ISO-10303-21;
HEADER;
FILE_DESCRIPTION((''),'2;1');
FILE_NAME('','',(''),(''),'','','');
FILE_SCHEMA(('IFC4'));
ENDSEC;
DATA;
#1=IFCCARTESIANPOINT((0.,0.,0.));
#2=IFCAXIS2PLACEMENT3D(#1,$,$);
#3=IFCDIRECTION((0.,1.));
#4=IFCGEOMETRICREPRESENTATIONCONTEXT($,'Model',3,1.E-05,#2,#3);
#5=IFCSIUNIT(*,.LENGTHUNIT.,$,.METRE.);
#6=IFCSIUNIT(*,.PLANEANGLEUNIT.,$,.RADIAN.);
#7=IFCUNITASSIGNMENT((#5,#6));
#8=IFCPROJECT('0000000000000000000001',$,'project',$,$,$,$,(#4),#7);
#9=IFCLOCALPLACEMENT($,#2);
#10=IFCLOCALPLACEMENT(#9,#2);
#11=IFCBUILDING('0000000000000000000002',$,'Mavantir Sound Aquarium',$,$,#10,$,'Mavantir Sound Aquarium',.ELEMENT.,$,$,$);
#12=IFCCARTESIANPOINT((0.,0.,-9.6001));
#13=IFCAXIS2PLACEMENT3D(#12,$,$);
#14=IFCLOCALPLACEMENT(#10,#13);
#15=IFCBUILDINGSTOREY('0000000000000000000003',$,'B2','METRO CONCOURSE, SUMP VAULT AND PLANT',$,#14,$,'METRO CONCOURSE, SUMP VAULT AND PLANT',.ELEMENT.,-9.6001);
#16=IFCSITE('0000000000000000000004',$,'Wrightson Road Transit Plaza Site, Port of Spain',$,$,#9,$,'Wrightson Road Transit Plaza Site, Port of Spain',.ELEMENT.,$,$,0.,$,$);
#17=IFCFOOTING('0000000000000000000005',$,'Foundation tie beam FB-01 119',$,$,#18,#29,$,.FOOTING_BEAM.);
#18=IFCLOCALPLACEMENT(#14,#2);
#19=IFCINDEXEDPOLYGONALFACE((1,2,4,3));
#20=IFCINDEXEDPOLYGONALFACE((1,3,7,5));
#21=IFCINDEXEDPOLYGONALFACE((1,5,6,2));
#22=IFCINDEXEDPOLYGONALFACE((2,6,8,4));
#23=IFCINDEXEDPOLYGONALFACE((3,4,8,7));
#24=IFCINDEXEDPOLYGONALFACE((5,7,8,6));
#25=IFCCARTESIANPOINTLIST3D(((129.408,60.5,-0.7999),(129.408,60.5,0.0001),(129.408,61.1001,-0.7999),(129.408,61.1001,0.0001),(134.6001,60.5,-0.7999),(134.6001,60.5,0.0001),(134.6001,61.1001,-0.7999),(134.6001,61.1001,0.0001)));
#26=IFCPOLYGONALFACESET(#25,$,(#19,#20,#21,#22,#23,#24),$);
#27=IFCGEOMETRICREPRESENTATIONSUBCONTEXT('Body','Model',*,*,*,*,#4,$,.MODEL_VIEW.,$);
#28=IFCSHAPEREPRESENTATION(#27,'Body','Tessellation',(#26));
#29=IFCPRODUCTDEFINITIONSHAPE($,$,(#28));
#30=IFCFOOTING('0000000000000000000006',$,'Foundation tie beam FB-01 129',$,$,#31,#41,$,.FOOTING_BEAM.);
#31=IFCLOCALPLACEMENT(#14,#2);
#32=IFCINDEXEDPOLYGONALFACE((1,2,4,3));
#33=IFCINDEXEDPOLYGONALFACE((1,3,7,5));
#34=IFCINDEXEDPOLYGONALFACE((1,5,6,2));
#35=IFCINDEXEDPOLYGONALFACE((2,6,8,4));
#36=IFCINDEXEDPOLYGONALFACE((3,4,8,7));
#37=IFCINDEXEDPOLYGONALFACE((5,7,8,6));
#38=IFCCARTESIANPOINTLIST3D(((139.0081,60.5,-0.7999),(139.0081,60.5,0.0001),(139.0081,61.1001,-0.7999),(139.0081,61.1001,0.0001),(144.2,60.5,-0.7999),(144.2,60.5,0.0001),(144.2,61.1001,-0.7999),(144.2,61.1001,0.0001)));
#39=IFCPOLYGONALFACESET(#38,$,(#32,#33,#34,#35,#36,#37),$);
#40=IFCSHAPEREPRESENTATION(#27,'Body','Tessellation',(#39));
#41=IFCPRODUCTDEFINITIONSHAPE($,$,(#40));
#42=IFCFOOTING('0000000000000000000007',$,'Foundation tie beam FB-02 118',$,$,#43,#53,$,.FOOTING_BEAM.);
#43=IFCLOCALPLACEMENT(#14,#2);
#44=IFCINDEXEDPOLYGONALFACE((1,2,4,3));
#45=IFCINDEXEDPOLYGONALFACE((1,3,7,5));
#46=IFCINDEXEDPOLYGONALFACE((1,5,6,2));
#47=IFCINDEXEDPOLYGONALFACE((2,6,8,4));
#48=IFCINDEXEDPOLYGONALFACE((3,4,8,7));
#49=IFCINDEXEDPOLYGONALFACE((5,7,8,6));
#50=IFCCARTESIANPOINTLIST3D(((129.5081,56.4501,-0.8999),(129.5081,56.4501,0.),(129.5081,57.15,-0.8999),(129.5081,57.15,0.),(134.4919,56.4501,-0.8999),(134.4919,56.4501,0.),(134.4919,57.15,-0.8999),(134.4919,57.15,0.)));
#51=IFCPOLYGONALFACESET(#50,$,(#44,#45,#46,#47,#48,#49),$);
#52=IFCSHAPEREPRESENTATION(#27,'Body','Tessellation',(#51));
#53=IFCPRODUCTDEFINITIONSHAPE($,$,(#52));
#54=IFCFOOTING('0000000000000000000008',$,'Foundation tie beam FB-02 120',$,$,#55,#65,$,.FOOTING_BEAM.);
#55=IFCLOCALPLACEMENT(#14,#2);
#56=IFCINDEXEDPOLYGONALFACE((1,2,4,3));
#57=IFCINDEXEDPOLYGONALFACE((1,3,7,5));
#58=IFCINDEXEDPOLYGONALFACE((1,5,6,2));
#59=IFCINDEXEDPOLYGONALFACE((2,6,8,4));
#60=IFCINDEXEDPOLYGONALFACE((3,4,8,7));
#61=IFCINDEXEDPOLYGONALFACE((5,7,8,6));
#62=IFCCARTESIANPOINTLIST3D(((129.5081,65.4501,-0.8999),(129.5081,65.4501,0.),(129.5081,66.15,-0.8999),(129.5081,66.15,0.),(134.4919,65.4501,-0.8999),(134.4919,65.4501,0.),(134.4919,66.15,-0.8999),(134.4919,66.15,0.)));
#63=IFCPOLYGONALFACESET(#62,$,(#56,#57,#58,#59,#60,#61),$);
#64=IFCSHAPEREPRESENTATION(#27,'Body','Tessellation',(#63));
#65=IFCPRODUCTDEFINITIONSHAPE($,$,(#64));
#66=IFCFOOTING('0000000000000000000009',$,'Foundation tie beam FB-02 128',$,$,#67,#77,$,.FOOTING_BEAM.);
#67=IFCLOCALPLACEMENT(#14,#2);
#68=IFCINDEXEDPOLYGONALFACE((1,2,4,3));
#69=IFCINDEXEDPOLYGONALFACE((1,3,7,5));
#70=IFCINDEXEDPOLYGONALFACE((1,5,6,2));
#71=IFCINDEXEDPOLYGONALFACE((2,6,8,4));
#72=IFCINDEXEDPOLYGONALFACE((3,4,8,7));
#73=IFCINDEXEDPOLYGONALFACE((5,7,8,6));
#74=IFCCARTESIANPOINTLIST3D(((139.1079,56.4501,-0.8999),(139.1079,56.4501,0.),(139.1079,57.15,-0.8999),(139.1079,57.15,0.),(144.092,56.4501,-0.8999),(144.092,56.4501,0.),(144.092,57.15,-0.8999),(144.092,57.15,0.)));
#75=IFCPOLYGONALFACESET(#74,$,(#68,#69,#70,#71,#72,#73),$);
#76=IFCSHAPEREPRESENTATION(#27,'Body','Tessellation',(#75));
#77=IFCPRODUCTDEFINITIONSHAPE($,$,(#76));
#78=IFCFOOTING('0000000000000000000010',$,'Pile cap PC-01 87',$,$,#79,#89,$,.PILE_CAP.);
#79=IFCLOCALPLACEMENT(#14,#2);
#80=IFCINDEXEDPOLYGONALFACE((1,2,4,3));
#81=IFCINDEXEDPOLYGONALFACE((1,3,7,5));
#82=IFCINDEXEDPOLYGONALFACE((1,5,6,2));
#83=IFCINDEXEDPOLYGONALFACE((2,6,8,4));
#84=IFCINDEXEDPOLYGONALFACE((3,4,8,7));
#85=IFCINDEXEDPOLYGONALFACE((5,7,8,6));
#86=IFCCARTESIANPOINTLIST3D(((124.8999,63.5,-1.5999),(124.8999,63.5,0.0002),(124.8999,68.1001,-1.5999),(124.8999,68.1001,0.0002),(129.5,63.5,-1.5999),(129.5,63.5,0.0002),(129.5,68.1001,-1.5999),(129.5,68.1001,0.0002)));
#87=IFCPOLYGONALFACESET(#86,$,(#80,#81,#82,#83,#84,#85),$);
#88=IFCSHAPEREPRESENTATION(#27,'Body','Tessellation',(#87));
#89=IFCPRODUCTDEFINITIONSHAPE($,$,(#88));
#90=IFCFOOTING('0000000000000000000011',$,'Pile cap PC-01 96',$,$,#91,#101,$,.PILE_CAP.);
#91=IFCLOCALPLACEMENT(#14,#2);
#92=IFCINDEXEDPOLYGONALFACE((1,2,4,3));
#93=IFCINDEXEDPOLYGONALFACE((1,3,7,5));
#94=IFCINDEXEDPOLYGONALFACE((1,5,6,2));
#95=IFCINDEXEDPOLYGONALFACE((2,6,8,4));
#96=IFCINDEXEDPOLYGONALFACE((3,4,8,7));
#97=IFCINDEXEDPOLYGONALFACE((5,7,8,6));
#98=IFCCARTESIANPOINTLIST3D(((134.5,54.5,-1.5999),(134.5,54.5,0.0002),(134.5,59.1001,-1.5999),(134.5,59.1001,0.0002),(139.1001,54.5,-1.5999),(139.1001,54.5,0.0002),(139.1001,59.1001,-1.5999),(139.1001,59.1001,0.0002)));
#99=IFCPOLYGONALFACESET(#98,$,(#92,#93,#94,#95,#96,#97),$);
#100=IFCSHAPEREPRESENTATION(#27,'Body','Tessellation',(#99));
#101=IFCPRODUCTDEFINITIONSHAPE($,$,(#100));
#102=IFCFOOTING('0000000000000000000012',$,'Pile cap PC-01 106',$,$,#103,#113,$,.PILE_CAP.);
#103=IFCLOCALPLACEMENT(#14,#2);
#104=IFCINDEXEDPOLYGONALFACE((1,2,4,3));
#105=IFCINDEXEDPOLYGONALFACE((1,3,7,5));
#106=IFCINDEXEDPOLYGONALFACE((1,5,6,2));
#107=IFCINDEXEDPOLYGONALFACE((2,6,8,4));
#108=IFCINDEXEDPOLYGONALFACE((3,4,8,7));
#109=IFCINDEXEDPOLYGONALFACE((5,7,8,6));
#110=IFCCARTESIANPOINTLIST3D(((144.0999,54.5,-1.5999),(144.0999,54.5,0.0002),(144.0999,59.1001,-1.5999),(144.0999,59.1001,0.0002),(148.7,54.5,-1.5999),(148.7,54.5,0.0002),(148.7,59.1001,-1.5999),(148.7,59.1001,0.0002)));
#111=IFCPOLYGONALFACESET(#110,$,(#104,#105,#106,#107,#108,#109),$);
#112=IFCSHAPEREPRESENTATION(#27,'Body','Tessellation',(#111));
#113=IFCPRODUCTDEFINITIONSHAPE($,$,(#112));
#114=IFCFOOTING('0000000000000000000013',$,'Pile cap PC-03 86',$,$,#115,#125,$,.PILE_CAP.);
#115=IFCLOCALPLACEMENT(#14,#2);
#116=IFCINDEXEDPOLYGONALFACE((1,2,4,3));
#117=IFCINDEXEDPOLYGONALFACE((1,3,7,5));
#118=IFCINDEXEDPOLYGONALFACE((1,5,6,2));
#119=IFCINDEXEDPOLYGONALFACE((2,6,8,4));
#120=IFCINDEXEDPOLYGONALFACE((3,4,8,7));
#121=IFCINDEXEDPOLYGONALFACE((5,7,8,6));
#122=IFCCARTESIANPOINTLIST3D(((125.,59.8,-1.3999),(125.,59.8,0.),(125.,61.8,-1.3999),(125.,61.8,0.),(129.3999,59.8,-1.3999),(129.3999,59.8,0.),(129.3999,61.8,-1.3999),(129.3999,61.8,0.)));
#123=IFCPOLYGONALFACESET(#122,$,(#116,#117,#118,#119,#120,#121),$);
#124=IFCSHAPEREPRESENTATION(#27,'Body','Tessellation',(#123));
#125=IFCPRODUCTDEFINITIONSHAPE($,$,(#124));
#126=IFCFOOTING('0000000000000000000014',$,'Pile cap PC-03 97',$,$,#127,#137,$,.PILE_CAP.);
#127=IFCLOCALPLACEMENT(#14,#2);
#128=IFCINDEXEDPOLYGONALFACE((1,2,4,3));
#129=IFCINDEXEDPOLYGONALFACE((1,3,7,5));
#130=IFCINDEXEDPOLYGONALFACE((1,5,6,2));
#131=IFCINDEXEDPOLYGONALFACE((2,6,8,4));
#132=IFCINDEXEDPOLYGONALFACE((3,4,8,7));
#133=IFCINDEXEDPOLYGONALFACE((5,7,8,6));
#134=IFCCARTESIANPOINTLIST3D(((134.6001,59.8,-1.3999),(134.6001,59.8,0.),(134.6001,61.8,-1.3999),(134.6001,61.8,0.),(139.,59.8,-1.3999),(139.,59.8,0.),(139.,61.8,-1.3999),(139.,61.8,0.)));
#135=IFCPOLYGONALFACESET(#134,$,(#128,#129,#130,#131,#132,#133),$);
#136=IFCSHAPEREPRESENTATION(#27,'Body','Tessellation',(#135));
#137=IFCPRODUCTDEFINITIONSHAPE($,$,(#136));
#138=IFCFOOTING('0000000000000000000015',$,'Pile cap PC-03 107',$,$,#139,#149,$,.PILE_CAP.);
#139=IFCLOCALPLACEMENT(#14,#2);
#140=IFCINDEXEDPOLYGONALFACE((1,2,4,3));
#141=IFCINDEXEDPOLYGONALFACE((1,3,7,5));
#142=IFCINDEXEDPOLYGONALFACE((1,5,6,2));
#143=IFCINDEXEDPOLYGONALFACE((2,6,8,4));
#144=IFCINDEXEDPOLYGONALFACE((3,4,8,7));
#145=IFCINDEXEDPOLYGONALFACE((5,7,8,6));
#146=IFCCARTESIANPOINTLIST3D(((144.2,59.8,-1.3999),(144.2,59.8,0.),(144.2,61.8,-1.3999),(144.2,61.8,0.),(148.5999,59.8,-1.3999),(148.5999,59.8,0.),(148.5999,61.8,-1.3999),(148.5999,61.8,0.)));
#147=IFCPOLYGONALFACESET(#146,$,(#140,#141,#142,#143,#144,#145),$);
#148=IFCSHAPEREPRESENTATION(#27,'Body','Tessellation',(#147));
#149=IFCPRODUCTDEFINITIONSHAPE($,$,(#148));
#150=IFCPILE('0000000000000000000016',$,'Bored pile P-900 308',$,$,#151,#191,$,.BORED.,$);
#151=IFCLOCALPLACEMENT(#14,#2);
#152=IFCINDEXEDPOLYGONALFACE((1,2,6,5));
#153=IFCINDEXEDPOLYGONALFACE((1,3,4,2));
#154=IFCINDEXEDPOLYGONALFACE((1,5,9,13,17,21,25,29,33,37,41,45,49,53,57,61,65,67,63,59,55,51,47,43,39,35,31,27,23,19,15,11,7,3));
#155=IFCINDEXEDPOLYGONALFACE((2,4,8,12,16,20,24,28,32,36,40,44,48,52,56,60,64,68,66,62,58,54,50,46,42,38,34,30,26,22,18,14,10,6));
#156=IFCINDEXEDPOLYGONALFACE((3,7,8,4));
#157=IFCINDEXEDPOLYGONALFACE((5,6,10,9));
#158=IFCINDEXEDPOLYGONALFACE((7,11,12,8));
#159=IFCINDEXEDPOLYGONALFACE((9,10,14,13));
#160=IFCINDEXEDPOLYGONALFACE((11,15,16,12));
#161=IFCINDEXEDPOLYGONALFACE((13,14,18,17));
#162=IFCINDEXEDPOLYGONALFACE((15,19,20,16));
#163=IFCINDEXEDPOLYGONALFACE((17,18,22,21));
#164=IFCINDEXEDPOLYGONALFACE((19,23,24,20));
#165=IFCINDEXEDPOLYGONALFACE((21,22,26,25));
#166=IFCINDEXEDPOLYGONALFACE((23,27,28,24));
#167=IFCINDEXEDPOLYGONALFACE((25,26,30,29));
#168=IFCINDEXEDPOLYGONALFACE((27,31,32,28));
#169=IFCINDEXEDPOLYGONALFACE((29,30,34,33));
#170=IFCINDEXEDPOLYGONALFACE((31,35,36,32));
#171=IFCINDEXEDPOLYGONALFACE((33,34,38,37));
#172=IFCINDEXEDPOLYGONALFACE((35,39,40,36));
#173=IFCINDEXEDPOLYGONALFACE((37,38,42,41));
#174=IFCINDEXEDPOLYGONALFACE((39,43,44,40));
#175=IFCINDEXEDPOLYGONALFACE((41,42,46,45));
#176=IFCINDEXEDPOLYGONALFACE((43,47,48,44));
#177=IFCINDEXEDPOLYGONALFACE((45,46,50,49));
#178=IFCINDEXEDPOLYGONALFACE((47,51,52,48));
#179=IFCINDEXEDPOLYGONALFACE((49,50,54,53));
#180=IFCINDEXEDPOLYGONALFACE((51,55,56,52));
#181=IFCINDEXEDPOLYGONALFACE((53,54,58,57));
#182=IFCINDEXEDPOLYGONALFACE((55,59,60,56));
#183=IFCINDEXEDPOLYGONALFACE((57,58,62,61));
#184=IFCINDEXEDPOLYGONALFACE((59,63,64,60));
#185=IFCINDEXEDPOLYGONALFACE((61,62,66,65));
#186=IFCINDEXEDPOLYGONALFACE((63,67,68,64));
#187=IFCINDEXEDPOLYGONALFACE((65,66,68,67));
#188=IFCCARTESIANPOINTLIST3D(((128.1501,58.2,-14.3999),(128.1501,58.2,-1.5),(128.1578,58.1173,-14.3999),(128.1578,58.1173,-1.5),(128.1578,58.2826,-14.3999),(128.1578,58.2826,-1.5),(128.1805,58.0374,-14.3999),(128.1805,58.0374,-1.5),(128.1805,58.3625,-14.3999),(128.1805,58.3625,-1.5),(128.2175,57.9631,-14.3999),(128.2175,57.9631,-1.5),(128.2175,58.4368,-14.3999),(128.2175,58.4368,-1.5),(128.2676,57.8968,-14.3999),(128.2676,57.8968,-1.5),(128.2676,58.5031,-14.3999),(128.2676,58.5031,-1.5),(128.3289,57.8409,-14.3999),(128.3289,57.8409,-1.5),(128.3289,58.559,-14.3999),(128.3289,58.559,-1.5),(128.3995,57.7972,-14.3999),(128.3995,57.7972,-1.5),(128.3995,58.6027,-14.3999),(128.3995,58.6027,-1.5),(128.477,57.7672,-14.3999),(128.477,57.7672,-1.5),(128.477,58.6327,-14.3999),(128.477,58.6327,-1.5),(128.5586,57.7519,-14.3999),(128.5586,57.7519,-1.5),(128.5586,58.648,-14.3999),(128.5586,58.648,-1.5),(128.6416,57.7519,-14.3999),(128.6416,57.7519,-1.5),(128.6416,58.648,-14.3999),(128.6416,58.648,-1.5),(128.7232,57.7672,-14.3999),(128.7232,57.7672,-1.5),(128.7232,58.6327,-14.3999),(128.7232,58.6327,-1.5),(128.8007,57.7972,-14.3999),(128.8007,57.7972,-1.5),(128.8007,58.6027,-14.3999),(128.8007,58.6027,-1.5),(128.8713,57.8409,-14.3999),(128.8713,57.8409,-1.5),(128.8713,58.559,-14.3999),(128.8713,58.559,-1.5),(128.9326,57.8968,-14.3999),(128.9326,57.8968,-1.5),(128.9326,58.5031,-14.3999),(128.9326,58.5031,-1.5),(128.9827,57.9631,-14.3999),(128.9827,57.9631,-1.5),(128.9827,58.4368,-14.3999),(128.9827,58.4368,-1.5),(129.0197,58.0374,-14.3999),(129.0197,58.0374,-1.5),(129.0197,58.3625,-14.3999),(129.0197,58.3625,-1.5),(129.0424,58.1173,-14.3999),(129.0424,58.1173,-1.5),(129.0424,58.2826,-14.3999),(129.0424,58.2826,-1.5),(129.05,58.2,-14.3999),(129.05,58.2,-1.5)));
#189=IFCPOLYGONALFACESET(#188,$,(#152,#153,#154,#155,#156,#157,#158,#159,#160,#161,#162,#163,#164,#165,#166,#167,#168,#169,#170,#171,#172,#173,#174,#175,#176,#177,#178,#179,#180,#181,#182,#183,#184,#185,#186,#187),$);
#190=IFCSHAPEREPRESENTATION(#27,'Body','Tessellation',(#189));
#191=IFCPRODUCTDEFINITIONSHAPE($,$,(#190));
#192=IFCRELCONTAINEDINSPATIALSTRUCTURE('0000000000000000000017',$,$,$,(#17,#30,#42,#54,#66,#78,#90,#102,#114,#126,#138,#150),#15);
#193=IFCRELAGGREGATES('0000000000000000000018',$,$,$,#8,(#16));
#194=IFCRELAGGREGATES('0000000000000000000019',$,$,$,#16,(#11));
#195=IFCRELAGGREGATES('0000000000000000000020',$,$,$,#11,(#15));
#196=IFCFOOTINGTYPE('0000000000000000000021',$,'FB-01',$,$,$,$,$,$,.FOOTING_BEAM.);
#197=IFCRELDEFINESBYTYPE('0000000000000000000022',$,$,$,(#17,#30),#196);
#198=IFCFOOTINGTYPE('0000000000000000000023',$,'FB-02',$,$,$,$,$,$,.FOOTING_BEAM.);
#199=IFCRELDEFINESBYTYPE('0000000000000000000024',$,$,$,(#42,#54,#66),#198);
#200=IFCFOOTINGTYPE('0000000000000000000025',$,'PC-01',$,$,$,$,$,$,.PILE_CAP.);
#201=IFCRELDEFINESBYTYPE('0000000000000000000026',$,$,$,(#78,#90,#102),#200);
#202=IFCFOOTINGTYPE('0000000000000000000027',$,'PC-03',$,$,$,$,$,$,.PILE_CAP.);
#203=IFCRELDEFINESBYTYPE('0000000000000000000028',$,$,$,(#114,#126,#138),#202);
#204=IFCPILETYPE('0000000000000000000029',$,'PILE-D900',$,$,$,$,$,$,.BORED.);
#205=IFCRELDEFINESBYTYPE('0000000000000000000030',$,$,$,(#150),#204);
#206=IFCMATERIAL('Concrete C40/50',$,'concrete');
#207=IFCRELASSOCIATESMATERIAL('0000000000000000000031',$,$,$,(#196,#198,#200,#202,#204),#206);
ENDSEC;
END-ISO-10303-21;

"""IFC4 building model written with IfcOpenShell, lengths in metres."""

from ifc_helpers import new_model, si_unit, direction, frame, origin, origin_2d, place, context, subcontext, project, spatial, rectangle, circle, extrude, material, material_profile, profile_set, type_object, element, save


model = new_model("IFC4")

# Units and contexts
model_context = context("Model", 3, precision=1e-05, world=origin(), true_north=direction((0.0, 1.0)))
body_context = subcontext(model_context, "Body", "Model", "MODEL_VIEW")
ifc_project = project(units=[si_unit("LENGTHUNIT", "METRE"), si_unit("PLANEANGLEUNIT", "RADIAN")], contexts=[model_context])

# Site, building, storey
site_placement = place(None, origin())
site = spatial("IfcSite", under=ifc_project, at=site_placement, Name="Wrightson Road Transit Plaza Site, Port of Spain", LongName="Wrightson Road Transit Plaza Site, Port of Spain", CompositionType="ELEMENT", RefElevation=0.0)
building_placement = place(site_placement, origin())
building = spatial("IfcBuilding", under=site, at=building_placement, Name="Mavantir Sound Aquarium", LongName="Mavantir Sound Aquarium", CompositionType="ELEMENT")
storey_placement = place(building_placement, frame((0.0, 0.0, -9.6001)))
storey = spatial("IfcBuildingStorey", under=building, at=storey_placement, Name="B2", Description="METRO CONCOURSE, SUMP VAULT AND PLANT", LongName="METRO CONCOURSE, SUMP VAULT AND PLANT", CompositionType="ELEMENT", Elevation=-9.6001)

# Footings
ifc_material = material(Name="Concrete C40/50", Category="concrete")
ifc_material_profile_1 = material_profile(ifc_material, rectangle(XDim=0.6001, YDim=0.8, at=origin_2d()), Name="RC 600X800")
ifc_profile_set_1 = profile_set([ifc_material_profile_1], Name="Concrete C40/50")
footing_type_1 = type_object("IfcFootingType", Name="FB-01", PredefinedType="FOOTING_BEAM", material=ifc_profile_set_1)
footing_1_placement = place(storey_placement, frame((129.408, 60.8, -0.3999), z_axis=(1.0, 0.0, 0.0), x_axis=(0.0, 1.0, 0.0)))
element("IfcFooting", 1, at=footing_1_placement, inside=storey, type_object=footing_type_1, Name="Foundation tie beam FB-01 119", PredefinedType="FOOTING_BEAM", context=body_context, shape_type="SweptSolid", body=[
    extrude(rectangle(XDim=0.6001, YDim=0.8, at=origin_2d()), origin(), (0.0, 0.0, 1.0), 5.1921),
])
footing_2_placement = place(storey_placement, frame((139.0081, 60.8, -0.3999), z_axis=(1.0, 0.0, 0.0), x_axis=(0.0, 1.0, 0.0)))
element("IfcFooting", 2, at=footing_2_placement, inside=storey, type_object=footing_type_1, Name="Foundation tie beam FB-01 129", PredefinedType="FOOTING_BEAM", context=body_context, shape_type="SweptSolid", body=[
    extrude(rectangle(XDim=0.6001, YDim=0.8, at=origin_2d()), origin(), (0.0, 0.0, 1.0), 5.1919),
])
ifc_material_profile_2 = material_profile(ifc_material, rectangle(XDim=0.7, YDim=0.8999, at=origin_2d()), Name="RC 700X900")
ifc_profile_set_2 = profile_set([ifc_material_profile_2], Name="Concrete C40/50")
footing_type_2 = type_object("IfcFootingType", Name="FB-02", PredefinedType="FOOTING_BEAM", material=ifc_profile_set_2)
for number, where, z_axis, x_axis, name in (
    (3, (129.5081, 56.8, -0.45), (1.0, 0.0, 0.0), (0.0, 1.0, 0.0), "Foundation tie beam FB-02 118"),
    (4, (129.5081, 65.8, -0.45), (1.0, 0.0, 0.0), (0.0, 1.0, 0.0), "Foundation tie beam FB-02 120"),
):
    element("IfcFooting", number, at=place(storey_placement, frame(where, z_axis=z_axis, x_axis=x_axis)), inside=storey, type_object=footing_type_2, Name=name, PredefinedType="FOOTING_BEAM", context=body_context, shape_type="SweptSolid", body=[
        extrude(rectangle(XDim=0.7, YDim=0.8999, at=origin_2d()), origin(), (0.0, 0.0, 1.0), 4.9839),
    ])
footing_3_placement = place(storey_placement, frame((139.1079, 56.8, -0.45), z_axis=(1.0, 0.0, 0.0), x_axis=(0.0, 1.0, 0.0)))
element("IfcFooting", 5, at=footing_3_placement, inside=storey, type_object=footing_type_2, Name="Foundation tie beam FB-02 128", PredefinedType="FOOTING_BEAM", context=body_context, shape_type="SweptSolid", body=[
    extrude(rectangle(XDim=0.7, YDim=0.8999, at=origin_2d()), origin(), (0.0, 0.0, 1.0), 4.9841),
])
footing_type_3 = type_object("IfcFootingType", Name="PC-01", PredefinedType="PILE_CAP", material=ifc_material)
for number, where, z_axis, x_axis, name in (
    (6, (127.2, 65.8, -1.5999), (0.0, 0.0, 1.0), (1.0, 0.0, 0.0), "Pile cap PC-01 87"),
    (7, (136.8, 56.8, -1.5999), (0.0, 0.0, 1.0), (1.0, 0.0, 0.0), "Pile cap PC-01 96"),
    (8, (146.3999, 56.8, -1.5999), (0.0, 0.0, 1.0), (1.0, 0.0, 0.0), "Pile cap PC-01 106"),
):
    element("IfcFooting", number, at=place(storey_placement, frame(where, z_axis=z_axis, x_axis=x_axis)), inside=storey, type_object=footing_type_3, Name=name, PredefinedType="PILE_CAP", context=body_context, shape_type="SweptSolid", body=[
        extrude(rectangle(XDim=4.6001, YDim=4.6001, at=origin_2d()), origin(), (0.0, 0.0, 1.0), 1.6001),
    ])
footing_type_4 = type_object("IfcFootingType", Name="PC-03", PredefinedType="PILE_CAP", material=ifc_material)
for number, where, z_axis, x_axis, name in (
    (9, (127.2, 60.8, -1.3999), (0.0, 0.0, 1.0), (1.0, 0.0, 0.0), "Pile cap PC-03 86"),
    (10, (136.8, 60.8, -1.3999), (0.0, 0.0, 1.0), (1.0, 0.0, 0.0), "Pile cap PC-03 97"),
    (11, (146.3999, 60.8, -1.3999), (0.0, 0.0, 1.0), (1.0, 0.0, 0.0), "Pile cap PC-03 107"),
):
    element("IfcFooting", number, at=place(storey_placement, frame(where, z_axis=z_axis, x_axis=x_axis)), inside=storey, type_object=footing_type_4, Name=name, PredefinedType="PILE_CAP", context=body_context, shape_type="SweptSolid", body=[
        extrude(rectangle(XDim=4.3999, YDim=2.0, at=origin_2d()), origin(), (0.0, 0.0, 1.0), 1.3999),
    ])

# Pile
ifc_material_profile_3 = material_profile(ifc_material, circle(Radius=0.45, at=origin_2d()), Name="PILE D900")
ifc_profile_set_3 = profile_set([ifc_material_profile_3], Name="Concrete C40/50")
pile_type = type_object("IfcPileType", Name="PILE-D900", PredefinedType="BORED", material=ifc_profile_set_3)
pile_1_placement = place(storey_placement, frame((128.6001, 58.2, -1.5), z_axis=(0.0, 0.0, -1.0), x_axis=(1.0, 0.0, 0.0)))
element("IfcPile", 12, at=pile_1_placement, inside=storey, type_object=pile_type, Name="Bored pile P-900 308", PredefinedType="BORED", context=body_context, shape_type="SweptSolid", body=[
    extrude(circle(Radius=0.45, at=origin_2d()), origin(), (0.0, 0.0, 1.0), 12.8999),
])

save(model, "model.ifc")
